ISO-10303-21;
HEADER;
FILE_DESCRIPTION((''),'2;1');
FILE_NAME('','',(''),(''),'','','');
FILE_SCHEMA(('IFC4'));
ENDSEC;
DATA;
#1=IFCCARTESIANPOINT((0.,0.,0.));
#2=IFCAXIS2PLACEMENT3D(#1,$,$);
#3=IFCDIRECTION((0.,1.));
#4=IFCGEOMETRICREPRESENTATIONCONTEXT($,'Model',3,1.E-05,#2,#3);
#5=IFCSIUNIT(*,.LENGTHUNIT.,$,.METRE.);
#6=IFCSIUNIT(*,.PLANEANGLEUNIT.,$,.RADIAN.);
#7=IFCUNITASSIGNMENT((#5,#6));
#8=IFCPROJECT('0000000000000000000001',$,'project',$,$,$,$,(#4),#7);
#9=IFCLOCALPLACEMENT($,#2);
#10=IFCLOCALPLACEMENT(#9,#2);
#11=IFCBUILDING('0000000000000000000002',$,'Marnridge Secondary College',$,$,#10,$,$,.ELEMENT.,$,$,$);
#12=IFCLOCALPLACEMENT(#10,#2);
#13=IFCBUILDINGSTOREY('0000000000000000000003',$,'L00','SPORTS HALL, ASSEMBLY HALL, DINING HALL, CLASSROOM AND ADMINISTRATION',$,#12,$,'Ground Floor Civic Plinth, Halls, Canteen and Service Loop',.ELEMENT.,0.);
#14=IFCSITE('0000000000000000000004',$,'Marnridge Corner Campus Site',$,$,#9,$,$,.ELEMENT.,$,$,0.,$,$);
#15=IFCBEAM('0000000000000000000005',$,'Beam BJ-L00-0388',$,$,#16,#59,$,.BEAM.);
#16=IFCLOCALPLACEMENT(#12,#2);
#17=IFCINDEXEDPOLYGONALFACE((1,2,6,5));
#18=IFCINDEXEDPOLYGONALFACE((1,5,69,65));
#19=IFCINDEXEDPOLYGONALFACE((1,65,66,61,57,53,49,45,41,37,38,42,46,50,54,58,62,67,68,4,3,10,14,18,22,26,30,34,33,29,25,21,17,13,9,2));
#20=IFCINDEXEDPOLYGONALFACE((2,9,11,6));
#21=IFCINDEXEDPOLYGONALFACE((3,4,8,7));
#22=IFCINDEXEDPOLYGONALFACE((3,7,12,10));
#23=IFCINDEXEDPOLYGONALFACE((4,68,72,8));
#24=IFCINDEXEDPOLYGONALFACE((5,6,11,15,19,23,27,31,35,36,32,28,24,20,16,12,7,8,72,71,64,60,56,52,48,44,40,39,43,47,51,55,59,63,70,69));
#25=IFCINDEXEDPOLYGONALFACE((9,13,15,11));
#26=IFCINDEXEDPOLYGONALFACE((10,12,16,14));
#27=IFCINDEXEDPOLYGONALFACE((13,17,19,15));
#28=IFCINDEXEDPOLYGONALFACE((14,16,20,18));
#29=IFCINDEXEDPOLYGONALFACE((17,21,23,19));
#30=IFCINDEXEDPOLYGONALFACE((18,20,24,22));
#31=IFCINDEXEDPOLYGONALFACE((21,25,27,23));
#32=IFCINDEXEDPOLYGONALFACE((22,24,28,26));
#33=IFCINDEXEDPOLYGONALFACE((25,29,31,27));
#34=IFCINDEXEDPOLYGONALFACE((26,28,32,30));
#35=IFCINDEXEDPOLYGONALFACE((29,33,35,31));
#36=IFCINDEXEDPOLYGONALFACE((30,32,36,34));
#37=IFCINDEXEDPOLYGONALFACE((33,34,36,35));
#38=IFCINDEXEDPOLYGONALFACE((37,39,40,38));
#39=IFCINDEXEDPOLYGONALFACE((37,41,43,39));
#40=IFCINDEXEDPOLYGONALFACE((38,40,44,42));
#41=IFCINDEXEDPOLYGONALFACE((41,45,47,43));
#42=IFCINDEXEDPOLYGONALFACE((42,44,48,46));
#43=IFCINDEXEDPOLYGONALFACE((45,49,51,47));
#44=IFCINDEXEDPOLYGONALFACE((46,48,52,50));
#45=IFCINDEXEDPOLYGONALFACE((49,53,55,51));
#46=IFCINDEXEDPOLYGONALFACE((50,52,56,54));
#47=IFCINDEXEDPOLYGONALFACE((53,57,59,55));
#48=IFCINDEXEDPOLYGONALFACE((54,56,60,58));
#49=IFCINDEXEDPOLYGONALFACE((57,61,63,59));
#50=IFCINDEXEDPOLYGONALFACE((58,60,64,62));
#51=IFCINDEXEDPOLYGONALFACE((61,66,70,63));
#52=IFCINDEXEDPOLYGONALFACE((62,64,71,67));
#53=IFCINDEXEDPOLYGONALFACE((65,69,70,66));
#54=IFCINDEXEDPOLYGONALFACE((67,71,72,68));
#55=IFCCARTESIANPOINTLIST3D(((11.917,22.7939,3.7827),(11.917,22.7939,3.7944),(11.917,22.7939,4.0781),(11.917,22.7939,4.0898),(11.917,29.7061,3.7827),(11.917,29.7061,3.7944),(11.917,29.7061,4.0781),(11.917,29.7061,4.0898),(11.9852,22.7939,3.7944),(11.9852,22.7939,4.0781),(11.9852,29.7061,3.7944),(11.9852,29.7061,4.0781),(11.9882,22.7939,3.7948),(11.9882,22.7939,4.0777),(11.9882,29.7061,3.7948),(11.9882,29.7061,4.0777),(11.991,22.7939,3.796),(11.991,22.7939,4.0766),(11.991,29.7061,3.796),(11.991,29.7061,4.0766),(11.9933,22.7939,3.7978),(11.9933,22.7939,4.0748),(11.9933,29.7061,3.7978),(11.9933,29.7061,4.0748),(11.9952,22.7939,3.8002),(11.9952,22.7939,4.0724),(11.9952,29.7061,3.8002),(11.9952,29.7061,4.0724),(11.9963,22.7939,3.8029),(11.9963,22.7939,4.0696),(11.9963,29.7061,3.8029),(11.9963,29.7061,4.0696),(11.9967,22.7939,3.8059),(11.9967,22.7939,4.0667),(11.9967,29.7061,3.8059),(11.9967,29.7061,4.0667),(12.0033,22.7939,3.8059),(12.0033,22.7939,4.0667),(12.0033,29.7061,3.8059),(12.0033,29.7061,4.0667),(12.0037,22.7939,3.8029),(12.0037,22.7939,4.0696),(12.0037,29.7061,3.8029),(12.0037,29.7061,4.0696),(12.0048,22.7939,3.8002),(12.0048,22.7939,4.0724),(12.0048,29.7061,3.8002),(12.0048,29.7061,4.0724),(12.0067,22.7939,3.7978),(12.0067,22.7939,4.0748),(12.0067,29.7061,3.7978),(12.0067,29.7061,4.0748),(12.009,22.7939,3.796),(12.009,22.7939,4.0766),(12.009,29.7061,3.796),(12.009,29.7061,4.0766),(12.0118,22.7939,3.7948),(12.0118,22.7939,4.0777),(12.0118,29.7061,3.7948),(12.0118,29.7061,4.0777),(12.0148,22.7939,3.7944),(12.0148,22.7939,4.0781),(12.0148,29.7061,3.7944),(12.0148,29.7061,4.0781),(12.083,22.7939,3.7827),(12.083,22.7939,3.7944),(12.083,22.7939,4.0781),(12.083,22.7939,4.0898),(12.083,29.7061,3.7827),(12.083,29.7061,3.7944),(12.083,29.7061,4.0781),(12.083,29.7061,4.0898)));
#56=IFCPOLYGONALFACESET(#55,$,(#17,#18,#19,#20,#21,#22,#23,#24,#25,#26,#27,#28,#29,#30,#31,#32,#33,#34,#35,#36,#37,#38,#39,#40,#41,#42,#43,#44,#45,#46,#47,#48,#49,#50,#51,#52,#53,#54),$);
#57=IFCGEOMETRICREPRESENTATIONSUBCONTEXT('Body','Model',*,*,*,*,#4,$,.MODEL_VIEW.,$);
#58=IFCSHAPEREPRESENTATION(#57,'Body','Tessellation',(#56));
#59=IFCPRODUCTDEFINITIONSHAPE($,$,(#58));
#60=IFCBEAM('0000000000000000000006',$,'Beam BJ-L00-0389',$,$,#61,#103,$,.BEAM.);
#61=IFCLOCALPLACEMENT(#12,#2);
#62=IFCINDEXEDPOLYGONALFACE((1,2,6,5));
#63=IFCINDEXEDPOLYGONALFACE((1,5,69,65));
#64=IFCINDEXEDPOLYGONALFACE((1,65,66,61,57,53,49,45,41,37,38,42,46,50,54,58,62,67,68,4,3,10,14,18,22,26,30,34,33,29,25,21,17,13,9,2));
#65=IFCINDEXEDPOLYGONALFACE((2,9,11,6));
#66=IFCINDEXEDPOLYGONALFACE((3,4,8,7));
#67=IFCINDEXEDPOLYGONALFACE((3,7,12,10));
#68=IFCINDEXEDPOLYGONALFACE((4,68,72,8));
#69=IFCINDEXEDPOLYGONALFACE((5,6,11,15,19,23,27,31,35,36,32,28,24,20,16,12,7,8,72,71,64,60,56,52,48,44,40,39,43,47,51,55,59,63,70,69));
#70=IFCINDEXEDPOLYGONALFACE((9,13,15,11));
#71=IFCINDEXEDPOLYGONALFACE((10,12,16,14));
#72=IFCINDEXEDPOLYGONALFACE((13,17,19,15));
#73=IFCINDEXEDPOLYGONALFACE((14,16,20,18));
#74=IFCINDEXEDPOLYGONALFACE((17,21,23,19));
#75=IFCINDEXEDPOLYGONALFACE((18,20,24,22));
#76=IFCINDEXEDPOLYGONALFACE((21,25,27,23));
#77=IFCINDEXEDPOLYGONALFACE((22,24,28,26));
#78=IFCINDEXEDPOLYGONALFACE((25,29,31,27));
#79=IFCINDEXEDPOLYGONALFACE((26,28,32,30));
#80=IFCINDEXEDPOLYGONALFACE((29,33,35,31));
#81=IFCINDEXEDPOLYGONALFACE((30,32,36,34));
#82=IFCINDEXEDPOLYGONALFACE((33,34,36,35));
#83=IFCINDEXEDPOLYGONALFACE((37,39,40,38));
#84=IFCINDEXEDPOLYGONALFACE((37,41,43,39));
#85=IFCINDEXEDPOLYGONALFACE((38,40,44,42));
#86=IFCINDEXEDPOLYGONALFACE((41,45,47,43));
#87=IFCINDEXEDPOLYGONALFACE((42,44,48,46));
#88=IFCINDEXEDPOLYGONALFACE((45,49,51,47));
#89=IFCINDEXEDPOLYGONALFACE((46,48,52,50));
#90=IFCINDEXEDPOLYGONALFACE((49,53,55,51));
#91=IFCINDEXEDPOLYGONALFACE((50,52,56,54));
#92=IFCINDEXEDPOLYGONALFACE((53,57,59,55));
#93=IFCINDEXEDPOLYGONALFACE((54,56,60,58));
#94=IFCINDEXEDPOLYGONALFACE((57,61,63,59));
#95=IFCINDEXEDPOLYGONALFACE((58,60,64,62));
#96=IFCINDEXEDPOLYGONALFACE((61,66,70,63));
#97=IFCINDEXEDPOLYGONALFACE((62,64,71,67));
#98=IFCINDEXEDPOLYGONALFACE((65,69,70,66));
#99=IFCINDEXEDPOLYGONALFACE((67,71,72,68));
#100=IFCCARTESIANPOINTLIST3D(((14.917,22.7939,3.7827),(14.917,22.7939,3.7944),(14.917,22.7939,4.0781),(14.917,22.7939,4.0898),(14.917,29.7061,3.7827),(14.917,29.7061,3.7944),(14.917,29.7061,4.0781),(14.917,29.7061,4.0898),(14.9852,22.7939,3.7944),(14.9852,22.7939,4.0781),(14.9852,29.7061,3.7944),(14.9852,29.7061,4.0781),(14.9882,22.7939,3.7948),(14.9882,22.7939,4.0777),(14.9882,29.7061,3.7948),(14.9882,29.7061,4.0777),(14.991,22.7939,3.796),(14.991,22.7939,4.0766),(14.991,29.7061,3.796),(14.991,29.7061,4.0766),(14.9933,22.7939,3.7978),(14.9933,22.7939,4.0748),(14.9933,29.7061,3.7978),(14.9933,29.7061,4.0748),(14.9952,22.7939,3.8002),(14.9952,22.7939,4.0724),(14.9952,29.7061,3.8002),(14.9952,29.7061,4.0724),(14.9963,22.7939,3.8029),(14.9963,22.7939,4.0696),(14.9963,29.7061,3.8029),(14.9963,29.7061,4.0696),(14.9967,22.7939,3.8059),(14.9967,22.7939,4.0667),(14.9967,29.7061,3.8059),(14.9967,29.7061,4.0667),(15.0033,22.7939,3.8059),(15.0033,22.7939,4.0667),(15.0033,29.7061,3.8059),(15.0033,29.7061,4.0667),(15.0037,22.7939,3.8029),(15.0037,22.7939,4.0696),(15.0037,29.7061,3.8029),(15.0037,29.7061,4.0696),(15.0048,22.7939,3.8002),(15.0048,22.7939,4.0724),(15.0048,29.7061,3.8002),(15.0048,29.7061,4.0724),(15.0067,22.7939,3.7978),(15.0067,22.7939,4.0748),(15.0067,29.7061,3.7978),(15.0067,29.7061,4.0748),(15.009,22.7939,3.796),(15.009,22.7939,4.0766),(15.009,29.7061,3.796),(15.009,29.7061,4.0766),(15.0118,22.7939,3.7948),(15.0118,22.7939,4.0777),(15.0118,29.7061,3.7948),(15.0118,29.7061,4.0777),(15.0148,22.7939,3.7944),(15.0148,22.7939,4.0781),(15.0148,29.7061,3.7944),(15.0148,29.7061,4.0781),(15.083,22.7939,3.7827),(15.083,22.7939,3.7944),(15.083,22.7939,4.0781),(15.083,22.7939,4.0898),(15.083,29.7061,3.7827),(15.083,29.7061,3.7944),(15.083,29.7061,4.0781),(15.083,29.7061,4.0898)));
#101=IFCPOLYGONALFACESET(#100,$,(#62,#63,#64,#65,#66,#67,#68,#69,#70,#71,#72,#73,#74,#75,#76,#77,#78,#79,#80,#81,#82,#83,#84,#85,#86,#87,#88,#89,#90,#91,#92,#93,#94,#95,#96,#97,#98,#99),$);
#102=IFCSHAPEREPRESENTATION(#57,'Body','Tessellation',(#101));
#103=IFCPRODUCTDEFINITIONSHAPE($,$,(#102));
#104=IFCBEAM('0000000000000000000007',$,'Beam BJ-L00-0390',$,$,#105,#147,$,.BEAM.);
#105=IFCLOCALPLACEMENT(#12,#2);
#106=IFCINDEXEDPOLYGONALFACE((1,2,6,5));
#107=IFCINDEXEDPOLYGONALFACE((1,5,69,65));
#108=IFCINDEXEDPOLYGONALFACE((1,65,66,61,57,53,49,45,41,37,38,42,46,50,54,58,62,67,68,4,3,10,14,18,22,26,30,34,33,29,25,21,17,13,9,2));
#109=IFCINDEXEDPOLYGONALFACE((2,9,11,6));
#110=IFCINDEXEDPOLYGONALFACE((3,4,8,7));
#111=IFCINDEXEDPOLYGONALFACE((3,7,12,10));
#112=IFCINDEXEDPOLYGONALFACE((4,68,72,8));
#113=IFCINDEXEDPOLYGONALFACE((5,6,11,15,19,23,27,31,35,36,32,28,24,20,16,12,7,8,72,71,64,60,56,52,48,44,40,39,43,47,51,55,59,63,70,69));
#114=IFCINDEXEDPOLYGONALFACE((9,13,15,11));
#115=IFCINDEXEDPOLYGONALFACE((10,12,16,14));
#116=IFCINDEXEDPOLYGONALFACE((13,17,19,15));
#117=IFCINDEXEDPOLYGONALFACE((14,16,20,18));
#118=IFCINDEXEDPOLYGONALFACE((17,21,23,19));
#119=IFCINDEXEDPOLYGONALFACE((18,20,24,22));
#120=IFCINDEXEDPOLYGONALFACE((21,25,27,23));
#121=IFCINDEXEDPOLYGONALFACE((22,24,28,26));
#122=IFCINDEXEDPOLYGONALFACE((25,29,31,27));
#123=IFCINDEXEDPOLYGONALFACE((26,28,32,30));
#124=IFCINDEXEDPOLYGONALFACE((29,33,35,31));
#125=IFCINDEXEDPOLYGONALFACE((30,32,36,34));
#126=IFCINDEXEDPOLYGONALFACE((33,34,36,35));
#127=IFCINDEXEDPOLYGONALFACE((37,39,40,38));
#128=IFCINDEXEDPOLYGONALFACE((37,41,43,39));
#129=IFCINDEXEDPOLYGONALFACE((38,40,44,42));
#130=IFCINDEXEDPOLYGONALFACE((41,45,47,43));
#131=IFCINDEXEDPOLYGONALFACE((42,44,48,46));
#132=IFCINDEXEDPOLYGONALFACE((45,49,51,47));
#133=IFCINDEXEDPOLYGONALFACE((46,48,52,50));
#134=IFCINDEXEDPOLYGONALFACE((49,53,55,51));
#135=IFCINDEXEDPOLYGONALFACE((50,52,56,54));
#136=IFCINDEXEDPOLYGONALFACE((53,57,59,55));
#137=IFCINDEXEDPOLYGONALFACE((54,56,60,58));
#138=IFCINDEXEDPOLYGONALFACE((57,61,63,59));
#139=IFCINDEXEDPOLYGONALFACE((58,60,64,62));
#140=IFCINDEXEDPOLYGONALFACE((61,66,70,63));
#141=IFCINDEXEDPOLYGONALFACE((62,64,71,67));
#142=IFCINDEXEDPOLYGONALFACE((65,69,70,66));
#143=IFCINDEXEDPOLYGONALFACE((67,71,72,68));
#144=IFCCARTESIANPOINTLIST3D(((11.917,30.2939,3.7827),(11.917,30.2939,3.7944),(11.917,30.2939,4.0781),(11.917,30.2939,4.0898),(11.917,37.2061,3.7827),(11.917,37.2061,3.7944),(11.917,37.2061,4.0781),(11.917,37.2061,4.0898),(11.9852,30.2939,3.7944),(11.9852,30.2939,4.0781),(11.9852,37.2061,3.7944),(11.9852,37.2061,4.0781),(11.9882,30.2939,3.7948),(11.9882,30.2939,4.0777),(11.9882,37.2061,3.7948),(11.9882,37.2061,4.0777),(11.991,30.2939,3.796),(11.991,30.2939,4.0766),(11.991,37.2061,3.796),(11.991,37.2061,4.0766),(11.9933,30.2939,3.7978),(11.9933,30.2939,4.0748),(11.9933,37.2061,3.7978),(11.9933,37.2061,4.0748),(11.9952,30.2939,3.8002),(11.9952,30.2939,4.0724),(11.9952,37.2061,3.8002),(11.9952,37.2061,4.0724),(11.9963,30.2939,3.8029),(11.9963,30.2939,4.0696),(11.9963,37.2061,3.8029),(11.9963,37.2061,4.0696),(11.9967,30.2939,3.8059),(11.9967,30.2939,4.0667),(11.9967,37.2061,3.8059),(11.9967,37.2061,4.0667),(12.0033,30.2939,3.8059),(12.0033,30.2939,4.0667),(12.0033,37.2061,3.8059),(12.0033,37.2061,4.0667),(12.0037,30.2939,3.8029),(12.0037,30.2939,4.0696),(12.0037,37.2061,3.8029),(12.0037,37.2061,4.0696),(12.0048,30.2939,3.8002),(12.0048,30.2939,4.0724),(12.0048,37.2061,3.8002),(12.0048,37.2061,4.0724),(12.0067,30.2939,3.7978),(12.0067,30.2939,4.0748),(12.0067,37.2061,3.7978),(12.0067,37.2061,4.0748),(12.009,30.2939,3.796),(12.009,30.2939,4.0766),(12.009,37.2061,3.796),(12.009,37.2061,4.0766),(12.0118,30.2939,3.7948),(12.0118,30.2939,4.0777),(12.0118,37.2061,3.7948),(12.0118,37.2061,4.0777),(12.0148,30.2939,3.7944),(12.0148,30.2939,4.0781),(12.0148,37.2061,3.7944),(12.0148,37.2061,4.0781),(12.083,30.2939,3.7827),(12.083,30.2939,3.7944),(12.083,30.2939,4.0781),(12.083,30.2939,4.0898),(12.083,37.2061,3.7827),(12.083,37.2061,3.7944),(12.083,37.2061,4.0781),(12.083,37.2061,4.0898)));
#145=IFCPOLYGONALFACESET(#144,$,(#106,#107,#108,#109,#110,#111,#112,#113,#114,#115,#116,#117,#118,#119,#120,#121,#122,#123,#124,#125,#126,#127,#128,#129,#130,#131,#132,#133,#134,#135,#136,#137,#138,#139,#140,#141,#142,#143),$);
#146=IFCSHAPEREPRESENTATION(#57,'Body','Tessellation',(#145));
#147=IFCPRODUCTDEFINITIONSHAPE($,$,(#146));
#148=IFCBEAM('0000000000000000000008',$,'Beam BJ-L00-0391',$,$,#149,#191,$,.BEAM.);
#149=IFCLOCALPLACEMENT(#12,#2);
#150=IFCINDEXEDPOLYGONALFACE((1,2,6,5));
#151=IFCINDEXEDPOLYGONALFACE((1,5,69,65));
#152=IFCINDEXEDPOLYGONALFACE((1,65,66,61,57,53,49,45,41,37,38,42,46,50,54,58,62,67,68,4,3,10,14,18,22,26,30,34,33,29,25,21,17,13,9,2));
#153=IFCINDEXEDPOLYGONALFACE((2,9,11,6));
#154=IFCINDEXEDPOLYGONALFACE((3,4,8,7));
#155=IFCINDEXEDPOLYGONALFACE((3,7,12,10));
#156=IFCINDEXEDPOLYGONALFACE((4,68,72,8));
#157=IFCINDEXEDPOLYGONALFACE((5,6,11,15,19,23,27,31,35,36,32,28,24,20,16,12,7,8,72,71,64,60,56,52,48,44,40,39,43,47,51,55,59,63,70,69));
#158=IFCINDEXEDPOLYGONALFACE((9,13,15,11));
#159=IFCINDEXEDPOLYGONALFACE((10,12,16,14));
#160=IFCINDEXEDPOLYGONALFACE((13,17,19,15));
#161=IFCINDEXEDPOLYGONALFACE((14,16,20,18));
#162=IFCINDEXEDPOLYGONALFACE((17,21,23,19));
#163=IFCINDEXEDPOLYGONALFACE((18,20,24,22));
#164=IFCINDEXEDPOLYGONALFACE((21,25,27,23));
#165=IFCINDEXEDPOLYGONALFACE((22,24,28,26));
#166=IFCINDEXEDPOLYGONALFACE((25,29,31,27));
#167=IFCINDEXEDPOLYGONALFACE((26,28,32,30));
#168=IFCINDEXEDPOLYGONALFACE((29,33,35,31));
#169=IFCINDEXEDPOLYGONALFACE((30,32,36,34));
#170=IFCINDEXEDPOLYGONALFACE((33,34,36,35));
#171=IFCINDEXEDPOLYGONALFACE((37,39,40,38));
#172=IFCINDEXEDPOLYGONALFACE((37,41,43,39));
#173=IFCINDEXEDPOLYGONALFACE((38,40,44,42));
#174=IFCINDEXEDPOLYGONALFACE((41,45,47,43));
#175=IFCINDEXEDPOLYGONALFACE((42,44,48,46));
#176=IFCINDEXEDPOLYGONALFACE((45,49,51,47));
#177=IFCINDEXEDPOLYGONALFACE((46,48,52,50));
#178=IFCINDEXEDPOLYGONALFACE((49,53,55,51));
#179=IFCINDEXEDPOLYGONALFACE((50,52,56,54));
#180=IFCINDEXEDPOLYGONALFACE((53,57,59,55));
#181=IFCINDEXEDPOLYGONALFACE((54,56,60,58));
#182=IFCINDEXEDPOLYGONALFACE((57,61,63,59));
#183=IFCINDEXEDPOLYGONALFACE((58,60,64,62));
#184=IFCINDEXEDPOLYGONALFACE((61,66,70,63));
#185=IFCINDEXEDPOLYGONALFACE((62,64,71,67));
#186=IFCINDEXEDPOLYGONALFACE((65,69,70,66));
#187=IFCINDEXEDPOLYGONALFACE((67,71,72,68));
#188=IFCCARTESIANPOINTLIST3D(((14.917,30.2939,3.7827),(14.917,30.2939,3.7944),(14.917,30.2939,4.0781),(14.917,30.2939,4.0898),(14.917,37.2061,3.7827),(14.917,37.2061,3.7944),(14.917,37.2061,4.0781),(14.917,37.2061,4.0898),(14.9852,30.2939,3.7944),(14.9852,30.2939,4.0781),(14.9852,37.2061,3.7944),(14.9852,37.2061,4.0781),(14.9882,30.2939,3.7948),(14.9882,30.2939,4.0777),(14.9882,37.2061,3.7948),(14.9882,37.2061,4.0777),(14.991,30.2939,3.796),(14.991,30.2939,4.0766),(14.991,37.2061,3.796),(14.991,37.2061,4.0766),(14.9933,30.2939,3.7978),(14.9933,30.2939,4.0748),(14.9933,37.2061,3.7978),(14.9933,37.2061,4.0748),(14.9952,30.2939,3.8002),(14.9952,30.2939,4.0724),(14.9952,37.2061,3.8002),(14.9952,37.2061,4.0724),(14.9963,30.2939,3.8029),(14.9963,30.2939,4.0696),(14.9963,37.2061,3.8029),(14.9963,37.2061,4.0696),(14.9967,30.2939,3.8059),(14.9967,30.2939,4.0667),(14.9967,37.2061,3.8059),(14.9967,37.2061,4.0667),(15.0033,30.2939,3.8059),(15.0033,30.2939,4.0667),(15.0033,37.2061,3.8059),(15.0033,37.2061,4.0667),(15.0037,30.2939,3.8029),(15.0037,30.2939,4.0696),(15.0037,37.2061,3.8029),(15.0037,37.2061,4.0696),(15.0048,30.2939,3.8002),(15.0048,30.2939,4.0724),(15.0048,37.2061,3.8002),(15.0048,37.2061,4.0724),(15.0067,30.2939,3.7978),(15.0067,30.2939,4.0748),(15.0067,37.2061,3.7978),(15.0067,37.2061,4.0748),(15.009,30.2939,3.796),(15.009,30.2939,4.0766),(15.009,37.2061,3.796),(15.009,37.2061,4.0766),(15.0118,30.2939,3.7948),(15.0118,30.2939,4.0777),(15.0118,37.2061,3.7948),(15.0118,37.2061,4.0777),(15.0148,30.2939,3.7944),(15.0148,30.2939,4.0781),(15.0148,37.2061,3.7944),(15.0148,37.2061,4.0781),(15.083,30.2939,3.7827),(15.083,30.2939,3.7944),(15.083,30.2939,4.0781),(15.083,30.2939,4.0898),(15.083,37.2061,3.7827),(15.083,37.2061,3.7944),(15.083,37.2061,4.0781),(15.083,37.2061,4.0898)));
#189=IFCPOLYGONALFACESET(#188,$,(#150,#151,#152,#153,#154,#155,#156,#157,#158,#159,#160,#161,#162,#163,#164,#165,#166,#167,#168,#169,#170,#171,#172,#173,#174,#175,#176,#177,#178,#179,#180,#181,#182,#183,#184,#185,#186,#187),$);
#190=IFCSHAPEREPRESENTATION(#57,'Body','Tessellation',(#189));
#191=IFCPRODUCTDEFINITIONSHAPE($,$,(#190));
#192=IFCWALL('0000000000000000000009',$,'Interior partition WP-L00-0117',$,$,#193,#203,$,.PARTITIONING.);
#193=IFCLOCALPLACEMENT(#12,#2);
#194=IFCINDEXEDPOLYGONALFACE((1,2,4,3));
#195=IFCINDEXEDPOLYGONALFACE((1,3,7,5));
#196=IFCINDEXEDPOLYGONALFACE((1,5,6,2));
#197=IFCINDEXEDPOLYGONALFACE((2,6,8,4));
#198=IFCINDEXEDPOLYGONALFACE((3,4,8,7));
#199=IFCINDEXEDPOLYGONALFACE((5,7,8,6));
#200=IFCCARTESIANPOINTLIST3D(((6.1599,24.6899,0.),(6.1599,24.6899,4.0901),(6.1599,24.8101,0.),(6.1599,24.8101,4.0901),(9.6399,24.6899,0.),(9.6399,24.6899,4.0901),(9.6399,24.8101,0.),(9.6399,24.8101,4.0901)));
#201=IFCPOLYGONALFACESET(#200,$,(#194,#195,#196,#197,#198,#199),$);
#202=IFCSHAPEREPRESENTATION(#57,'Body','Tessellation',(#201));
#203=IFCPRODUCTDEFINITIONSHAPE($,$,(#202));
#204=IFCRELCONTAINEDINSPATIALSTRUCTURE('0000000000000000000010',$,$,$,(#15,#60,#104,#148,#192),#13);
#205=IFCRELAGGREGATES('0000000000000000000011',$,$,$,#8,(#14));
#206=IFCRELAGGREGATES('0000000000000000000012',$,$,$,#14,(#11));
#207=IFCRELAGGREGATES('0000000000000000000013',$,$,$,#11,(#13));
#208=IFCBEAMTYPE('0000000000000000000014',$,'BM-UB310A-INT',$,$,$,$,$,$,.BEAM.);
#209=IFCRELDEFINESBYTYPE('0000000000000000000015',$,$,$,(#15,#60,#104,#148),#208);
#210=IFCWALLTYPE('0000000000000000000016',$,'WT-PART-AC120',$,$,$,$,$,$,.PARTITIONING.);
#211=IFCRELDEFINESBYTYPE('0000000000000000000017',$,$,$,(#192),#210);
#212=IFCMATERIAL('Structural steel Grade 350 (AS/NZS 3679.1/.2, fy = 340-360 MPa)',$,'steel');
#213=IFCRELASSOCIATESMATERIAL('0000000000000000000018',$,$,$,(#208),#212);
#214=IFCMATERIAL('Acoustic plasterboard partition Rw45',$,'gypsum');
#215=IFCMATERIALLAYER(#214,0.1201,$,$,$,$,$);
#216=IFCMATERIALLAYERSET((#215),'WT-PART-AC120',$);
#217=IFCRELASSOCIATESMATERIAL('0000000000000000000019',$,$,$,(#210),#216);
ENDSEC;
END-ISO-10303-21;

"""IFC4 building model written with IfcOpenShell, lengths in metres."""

from ifc_helpers import new_model, si_unit, direction, frame, frame_2d, origin, origin_2d, place, context, subcontext, project, spatial, rectangle, i_section, extrude, material, layer, layer_set, material_profile, profile_set, type_object, element, save


model = new_model("IFC4")

# Units and contexts
model_context = context("Model", 3, precision=1e-05, world=origin(), true_north=direction((0.0, 1.0)))
body_context = subcontext(model_context, "Body", "Model", "MODEL_VIEW")
ifc_project = project(units=[si_unit("LENGTHUNIT", "METRE"), si_unit("PLANEANGLEUNIT", "RADIAN")], contexts=[model_context])

# Site, building, storey
site_placement = place(None, origin())
site = spatial("IfcSite", under=ifc_project, at=site_placement, Name="Marnridge Corner Campus Site", CompositionType="ELEMENT", RefElevation=0.0)
building_placement = place(site_placement, origin())
building = spatial("IfcBuilding", under=site, at=building_placement, Name="Marnridge Secondary College", CompositionType="ELEMENT")
storey_placement = place(building_placement, origin())
storey = spatial("IfcBuildingStorey", under=building, at=storey_placement, Name="L00", Description="SPORTS HALL, ASSEMBLY HALL, DINING HALL, CLASSROOM AND ADMINISTRATION", LongName="Ground Floor Civic Plinth, Halls, Canteen and Service Loop", CompositionType="ELEMENT", Elevation=0.0)

# Beams
ifc_material_1 = material(Name="Structural steel Grade 350 (AS/NZS 3679.1/.2, fy = 340-360 MPa)", Category="steel")
ifc_material_profile_1 = material_profile(ifc_material_1, i_section(OverallWidth=0.166, OverallDepth=0.3071, WebThickness=0.0066, FlangeThickness=0.0117, FilletRadius=0.0115, at=origin_2d()), Name="310UB46.2")
ifc_profile_set_1 = profile_set([ifc_material_profile_1], Name="Structural steel Grade 350 (AS/NZS 3679.1/.2, fy = 340-360 MPa)")
beam_type_1 = type_object("IfcBeamType", Name="BM-UB310A-INT", PredefinedType="BEAM", material=ifc_profile_set_1)
for number, where, z_axis, x_axis, name in (
    (1, (12.0, 22.7939, 3.9363), (0.0, 1.0, 0.0), (-1.0, 0.0, 0.0), "Beam BJ-L00-0388"),
    (2, (15.0, 22.7939, 3.9363), (0.0, 1.0, 0.0), (-1.0, 0.0, 0.0), "Beam BJ-L00-0389"),
    (3, (12.0, 30.2939, 3.9363), (0.0, 1.0, 0.0), (-1.0, 0.0, 0.0), "Beam BJ-L00-0390"),
    (4, (15.0, 30.2939, 3.9363), (0.0, 1.0, 0.0), (-1.0, 0.0, 0.0), "Beam BJ-L00-0391"),
):
    element("IfcBeam", number, at=place(storey_placement, frame(where, z_axis=z_axis, x_axis=x_axis)), inside=storey, type_object=beam_type_1, Name=name, PredefinedType="BEAM", context=body_context, shape_type="SweptSolid", body=[
        extrude(i_section(OverallWidth=0.166, OverallDepth=0.3071, WebThickness=0.0066, FlangeThickness=0.0117, FilletRadius=0.0115, at=origin_2d()), origin(), (0.0, 0.0, 1.0), 6.9121),
    ])

# Wall
ifc_material_2 = material(Name="Acoustic plasterboard partition Rw45", Category="gypsum")
ifc_layer_1 = layer(ifc_material_2, 0.1201)
ifc_layer_set_1 = layer_set([ifc_layer_1], Name="WT-PART-AC120")
wall_type_1 = type_object("IfcWallType", Name="WT-PART-AC120", PredefinedType="PARTITIONING", material=ifc_layer_set_1)
wall_1_placement = place(storey_placement, frame((9.6399, 24.75, 0.0), z_axis=(0.0, 0.0, 1.0), x_axis=(-1.0, 0.0, 0.0)))
element("IfcWall", 5, at=wall_1_placement, inside=storey, type_object=wall_type_1, Name="Interior partition WP-L00-0117", PredefinedType="PARTITIONING", context=body_context, shape_type="SweptSolid", body=[
    extrude(rectangle(XDim=3.48, YDim=0.1201, at=frame_2d((1.74, 0.0))), origin(), (0.0, 0.0, 1.0), 4.0901),
])

save(model, "model.ifc")
